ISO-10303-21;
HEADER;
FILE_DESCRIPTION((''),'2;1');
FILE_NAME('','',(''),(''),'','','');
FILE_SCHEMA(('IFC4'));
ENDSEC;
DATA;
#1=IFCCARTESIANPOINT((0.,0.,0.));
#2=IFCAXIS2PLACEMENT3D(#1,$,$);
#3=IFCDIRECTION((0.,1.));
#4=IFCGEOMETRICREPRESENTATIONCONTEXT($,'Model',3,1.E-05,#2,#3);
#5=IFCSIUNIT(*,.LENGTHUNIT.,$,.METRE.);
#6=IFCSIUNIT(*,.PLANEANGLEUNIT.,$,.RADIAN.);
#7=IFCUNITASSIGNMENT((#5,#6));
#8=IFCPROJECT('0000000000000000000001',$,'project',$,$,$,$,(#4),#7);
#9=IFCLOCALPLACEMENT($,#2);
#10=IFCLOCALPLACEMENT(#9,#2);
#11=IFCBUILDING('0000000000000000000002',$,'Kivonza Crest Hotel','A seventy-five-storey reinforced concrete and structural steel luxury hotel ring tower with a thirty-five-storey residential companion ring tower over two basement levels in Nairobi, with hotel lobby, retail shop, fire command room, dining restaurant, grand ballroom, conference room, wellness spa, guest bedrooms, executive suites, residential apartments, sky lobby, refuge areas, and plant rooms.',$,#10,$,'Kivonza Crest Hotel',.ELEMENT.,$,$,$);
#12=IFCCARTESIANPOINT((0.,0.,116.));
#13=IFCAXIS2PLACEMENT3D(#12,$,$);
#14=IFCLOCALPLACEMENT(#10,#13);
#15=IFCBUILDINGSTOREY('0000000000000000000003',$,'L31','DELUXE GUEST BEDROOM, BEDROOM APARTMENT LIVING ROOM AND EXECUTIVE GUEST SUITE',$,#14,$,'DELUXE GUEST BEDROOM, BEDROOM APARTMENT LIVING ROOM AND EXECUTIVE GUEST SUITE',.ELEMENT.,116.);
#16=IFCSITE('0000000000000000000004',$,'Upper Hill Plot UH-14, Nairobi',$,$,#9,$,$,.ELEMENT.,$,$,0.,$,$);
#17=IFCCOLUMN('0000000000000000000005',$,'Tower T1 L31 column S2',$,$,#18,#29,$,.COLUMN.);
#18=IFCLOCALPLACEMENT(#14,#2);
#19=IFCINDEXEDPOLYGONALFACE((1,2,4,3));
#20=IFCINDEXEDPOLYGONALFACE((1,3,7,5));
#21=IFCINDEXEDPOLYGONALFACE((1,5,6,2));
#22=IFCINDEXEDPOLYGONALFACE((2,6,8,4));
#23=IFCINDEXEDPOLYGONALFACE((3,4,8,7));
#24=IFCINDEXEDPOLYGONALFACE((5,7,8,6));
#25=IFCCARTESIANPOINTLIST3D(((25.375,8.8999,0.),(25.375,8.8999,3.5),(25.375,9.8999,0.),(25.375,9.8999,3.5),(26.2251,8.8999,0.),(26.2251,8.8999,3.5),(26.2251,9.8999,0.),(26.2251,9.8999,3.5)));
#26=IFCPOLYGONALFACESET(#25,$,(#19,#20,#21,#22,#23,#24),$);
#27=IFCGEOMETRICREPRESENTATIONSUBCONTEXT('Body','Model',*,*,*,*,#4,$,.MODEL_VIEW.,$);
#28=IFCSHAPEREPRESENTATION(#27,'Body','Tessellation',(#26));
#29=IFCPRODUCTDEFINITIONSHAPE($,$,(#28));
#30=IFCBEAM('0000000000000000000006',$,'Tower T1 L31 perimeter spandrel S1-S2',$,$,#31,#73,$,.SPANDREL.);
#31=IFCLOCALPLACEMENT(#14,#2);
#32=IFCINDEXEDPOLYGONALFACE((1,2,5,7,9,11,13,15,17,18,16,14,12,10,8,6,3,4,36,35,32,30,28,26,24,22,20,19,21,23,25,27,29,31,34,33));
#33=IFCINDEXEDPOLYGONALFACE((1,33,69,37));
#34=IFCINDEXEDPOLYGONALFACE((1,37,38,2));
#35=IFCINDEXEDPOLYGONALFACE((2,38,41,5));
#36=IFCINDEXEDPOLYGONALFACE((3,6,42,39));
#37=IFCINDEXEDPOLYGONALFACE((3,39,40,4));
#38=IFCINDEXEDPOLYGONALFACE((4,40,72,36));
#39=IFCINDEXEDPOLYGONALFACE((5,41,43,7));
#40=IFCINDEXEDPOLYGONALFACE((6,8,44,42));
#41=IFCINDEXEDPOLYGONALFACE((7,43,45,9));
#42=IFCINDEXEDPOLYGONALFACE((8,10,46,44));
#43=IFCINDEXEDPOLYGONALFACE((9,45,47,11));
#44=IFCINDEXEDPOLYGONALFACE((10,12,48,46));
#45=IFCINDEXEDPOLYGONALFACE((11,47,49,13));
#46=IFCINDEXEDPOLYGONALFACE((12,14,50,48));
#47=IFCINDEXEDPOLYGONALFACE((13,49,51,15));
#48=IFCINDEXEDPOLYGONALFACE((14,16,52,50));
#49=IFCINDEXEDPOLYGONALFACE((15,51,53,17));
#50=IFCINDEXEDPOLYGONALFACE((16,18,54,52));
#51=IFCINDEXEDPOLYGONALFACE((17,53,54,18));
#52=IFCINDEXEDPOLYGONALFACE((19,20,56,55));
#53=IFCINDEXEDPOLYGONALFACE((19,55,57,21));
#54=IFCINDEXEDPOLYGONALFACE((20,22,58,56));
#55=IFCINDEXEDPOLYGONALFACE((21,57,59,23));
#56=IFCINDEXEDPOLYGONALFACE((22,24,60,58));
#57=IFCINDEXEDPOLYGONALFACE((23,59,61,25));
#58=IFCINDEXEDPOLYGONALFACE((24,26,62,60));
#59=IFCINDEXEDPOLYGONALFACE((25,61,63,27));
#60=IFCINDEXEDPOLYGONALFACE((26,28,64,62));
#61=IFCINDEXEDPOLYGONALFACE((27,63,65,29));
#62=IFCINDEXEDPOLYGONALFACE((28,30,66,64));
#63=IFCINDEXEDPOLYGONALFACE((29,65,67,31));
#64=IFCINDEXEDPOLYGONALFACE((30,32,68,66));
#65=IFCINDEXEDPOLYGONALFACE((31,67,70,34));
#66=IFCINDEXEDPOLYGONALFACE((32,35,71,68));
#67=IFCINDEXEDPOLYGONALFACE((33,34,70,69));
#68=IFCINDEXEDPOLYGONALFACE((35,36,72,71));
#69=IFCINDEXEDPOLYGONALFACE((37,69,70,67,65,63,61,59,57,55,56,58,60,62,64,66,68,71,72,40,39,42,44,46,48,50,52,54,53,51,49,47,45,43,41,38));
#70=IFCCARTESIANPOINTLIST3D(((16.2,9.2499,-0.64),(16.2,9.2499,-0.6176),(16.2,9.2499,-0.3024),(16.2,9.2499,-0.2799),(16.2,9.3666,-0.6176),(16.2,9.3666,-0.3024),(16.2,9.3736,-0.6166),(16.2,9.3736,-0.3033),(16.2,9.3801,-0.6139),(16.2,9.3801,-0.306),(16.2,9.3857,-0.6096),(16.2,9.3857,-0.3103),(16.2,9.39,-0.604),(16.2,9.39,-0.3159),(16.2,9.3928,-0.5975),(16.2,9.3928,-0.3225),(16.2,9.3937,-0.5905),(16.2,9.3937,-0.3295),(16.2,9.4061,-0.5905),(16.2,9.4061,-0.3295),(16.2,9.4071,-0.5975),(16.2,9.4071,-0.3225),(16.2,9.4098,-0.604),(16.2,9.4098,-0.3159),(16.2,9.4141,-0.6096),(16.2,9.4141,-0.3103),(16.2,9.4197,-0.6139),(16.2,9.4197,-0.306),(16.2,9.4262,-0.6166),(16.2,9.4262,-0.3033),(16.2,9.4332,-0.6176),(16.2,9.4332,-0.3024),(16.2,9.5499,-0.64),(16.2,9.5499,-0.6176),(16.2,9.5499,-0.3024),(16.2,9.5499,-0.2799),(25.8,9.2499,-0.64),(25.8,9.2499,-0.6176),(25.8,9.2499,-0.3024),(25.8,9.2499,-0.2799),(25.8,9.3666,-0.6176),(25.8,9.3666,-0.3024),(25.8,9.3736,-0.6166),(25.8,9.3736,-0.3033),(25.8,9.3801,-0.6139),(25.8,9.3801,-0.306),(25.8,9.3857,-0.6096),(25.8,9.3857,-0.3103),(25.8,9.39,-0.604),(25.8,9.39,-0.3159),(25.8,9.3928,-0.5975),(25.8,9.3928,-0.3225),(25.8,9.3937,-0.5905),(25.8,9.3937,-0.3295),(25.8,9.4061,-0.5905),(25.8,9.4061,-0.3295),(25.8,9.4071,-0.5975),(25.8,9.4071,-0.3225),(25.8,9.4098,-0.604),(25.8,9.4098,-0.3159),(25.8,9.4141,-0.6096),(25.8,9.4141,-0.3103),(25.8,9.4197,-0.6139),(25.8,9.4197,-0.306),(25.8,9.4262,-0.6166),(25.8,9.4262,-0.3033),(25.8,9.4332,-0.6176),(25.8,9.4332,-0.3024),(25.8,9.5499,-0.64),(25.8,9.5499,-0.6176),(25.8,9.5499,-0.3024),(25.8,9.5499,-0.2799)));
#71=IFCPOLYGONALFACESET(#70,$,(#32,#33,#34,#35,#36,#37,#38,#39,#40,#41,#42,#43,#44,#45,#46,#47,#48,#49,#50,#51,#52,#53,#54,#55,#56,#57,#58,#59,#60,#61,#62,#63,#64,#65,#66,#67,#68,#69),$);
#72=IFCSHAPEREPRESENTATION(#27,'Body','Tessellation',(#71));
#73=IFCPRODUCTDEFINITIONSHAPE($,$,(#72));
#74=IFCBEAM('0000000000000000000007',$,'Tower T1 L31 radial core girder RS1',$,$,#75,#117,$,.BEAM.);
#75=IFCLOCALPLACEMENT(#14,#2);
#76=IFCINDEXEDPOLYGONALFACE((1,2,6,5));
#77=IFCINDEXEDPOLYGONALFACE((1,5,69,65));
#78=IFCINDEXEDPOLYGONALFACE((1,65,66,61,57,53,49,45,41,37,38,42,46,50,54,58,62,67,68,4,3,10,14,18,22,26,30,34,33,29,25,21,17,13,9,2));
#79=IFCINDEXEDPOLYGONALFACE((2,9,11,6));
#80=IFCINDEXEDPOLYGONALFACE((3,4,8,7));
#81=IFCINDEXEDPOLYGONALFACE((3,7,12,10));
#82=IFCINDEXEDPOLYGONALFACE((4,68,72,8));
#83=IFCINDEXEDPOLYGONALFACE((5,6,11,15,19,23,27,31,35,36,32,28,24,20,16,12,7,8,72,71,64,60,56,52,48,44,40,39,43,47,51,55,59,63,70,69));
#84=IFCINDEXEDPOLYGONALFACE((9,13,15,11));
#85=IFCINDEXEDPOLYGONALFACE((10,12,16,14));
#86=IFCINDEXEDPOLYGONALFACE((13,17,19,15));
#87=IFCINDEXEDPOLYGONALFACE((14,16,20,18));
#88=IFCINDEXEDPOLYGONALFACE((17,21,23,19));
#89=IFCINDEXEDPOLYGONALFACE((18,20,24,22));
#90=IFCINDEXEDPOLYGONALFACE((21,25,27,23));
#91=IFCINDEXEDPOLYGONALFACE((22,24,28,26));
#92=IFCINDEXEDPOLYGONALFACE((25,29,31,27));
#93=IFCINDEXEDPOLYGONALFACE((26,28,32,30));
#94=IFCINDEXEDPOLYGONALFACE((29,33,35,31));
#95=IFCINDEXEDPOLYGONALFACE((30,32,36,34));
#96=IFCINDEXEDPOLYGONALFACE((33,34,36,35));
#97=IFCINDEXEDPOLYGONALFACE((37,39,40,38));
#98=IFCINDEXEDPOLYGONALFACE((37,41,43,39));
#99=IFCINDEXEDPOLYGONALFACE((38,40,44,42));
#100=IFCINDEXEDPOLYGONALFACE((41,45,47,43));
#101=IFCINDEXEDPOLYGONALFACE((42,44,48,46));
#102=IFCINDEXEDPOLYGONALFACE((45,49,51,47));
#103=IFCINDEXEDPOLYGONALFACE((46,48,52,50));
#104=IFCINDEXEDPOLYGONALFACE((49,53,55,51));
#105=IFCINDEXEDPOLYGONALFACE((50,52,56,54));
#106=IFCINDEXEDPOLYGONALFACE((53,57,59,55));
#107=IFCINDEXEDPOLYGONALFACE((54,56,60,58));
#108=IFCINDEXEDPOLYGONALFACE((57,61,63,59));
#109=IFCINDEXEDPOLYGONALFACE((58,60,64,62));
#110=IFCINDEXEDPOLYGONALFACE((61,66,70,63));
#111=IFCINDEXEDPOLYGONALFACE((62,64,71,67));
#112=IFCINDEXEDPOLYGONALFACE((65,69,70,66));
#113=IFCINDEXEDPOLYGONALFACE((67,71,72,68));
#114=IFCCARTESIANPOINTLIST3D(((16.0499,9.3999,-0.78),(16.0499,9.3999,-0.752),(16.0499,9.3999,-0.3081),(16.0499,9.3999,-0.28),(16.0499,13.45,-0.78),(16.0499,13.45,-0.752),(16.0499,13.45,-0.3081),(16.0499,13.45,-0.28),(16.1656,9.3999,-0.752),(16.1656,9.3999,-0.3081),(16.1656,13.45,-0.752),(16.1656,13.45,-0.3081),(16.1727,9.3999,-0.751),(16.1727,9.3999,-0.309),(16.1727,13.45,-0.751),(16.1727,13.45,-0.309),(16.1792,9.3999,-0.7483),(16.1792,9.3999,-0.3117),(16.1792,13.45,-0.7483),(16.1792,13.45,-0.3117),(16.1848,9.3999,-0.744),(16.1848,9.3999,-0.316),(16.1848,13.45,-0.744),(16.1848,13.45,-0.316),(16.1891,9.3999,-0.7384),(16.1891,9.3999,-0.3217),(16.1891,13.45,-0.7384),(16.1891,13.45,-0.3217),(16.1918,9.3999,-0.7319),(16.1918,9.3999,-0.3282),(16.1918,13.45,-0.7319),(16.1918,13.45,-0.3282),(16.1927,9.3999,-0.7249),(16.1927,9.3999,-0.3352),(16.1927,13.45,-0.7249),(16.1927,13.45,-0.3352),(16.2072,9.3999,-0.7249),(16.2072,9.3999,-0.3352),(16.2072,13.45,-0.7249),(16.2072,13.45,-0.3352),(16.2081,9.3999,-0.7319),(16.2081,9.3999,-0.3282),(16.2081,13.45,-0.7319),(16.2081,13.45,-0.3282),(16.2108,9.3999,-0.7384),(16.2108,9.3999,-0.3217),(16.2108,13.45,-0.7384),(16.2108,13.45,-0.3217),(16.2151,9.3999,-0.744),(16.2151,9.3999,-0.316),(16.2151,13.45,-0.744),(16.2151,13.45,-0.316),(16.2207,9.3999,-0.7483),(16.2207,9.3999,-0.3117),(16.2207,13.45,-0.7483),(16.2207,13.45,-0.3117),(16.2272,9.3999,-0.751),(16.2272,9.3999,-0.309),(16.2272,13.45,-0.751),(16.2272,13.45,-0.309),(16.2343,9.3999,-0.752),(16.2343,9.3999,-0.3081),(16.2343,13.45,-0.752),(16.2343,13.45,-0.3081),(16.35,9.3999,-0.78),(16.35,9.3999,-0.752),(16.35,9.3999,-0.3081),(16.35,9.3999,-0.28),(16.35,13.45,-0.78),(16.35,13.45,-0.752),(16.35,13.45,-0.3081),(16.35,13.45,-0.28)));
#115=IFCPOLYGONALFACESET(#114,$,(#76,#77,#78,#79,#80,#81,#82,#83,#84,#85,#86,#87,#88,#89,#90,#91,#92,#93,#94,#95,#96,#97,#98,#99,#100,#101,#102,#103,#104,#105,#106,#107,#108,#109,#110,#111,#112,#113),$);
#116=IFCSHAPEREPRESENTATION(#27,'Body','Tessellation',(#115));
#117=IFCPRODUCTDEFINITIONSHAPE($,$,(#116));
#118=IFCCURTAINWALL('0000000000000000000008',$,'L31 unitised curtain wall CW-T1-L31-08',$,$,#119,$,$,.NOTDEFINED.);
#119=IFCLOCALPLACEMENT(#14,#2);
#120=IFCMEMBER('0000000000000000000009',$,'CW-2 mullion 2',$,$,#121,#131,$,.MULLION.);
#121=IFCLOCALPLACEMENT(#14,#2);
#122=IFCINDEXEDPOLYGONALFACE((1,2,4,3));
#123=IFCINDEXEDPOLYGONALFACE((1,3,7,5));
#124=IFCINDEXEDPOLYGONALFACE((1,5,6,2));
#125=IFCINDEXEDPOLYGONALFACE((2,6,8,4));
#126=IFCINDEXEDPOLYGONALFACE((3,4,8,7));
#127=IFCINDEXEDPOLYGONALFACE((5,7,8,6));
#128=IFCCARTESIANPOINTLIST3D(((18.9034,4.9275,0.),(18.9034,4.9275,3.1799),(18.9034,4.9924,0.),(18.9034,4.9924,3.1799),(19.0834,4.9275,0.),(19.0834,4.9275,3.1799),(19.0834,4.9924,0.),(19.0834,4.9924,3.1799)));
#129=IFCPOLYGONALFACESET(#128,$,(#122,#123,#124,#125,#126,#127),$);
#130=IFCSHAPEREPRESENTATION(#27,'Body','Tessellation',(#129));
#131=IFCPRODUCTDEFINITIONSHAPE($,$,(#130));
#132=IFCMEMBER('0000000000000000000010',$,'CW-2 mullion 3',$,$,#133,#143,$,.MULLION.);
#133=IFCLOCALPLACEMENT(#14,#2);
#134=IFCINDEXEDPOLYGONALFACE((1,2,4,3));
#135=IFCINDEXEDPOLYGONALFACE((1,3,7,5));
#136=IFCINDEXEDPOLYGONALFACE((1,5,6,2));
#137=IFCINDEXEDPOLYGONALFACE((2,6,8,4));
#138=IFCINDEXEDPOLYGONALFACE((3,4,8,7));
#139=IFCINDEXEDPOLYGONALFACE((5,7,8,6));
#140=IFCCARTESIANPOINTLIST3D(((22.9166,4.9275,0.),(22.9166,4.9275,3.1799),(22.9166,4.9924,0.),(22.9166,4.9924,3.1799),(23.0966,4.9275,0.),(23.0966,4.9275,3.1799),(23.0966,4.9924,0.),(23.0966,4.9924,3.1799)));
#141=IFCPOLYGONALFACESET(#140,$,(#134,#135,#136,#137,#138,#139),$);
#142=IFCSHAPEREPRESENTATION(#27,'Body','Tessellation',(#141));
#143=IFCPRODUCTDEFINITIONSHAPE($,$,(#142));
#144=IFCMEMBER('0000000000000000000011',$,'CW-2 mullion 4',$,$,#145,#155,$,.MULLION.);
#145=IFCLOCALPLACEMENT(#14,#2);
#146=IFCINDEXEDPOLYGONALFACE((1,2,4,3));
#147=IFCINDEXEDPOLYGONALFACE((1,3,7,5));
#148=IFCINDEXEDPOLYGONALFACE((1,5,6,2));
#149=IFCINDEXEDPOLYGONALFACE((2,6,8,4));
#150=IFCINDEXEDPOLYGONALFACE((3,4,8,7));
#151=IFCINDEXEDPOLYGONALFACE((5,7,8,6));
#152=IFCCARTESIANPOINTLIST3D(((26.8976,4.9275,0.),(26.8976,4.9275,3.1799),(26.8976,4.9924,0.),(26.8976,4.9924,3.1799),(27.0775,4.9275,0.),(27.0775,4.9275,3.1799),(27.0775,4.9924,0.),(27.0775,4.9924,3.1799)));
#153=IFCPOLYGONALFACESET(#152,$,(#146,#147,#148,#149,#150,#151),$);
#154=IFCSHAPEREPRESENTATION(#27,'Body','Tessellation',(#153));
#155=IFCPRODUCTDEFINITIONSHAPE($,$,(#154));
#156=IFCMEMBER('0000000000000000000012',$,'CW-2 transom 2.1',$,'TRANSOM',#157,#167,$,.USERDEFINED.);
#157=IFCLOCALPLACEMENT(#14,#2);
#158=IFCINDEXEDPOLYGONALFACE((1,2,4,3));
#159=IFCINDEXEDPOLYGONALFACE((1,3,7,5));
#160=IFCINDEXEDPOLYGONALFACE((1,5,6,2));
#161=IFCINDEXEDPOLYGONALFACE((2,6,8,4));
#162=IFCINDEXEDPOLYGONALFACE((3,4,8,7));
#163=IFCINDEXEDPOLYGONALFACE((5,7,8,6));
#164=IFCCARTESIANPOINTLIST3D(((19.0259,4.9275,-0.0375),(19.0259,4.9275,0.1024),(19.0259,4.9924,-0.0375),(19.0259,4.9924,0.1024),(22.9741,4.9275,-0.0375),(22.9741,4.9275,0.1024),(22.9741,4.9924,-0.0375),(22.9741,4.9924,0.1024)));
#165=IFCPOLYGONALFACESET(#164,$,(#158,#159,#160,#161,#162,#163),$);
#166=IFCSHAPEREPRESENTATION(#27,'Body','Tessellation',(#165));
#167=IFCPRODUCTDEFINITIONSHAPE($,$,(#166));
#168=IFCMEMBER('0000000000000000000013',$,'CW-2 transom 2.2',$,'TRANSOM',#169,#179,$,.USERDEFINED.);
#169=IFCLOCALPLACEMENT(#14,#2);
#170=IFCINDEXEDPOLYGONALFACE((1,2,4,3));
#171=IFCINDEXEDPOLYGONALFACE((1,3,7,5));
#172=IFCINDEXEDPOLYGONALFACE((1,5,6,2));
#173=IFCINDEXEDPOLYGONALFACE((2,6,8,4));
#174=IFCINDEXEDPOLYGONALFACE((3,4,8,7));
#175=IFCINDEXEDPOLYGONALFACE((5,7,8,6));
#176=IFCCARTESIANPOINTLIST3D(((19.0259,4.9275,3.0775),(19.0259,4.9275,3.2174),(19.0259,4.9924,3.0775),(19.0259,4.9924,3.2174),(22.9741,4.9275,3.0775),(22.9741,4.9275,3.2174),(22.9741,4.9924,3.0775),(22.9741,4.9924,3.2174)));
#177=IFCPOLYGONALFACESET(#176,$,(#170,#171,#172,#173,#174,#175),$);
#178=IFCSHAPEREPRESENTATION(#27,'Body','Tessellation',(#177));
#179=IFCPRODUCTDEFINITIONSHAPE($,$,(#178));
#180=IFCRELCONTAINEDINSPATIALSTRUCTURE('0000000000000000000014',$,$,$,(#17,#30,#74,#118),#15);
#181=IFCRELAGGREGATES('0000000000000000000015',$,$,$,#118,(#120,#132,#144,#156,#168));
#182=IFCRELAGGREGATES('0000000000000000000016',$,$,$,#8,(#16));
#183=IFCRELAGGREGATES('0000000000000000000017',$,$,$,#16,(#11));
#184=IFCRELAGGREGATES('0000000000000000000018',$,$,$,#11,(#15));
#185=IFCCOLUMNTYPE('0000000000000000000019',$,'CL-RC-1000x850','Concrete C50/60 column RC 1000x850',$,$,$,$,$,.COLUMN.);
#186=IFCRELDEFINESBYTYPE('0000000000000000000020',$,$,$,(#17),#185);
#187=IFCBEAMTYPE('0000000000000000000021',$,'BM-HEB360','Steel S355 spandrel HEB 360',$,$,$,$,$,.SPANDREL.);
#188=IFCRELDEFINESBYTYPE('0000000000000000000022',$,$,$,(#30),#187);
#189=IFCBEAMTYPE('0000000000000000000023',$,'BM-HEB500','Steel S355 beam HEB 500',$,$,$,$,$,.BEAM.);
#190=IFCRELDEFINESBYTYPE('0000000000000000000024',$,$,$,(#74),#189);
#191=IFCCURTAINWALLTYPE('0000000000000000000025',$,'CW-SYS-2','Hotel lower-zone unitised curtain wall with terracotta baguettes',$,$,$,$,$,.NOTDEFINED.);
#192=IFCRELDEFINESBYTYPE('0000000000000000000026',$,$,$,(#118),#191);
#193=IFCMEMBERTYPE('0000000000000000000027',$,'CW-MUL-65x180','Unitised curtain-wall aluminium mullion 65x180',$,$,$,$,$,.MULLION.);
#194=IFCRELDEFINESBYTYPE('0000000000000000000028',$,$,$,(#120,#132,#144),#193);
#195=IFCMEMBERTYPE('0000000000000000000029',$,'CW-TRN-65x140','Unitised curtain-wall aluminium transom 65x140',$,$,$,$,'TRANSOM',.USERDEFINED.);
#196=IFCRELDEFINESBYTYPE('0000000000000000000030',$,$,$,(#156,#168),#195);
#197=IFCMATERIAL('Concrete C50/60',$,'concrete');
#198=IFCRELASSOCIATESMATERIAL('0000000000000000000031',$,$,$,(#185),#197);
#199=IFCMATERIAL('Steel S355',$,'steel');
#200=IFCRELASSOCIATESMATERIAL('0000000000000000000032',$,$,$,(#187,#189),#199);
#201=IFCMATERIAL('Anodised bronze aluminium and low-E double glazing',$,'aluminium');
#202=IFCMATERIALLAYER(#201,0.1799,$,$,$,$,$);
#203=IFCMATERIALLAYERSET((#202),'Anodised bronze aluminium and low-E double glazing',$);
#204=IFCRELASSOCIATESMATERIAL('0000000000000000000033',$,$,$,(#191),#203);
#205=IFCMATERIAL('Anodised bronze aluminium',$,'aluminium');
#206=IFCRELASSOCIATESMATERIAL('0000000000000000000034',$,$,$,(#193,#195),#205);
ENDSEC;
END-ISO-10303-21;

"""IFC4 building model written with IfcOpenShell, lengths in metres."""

from ifc_helpers import new_model, si_unit, direction, frame, origin, origin_2d, place, context, subcontext, project, spatial, rectangle, i_section, extrude, material, layer, layer_set, material_profile, profile_set, type_object, element, aggregate, save


model = new_model("IFC4")

# Units and contexts
model_context = context("Model", 3, precision=1e-05, world=origin(), true_north=direction((0.0, 1.0)))
body_context = subcontext(model_context, "Body", "Model", "MODEL_VIEW")
ifc_project = project(units=[si_unit("LENGTHUNIT", "METRE"), si_unit("PLANEANGLEUNIT", "RADIAN")], contexts=[model_context])

# Site, building, storey
site_placement = place(None, origin())
site = spatial("IfcSite", under=ifc_project, at=site_placement, Name="Upper Hill Plot UH-14, Nairobi", CompositionType="ELEMENT", RefElevation=0.0)
building_placement = place(site_placement, origin())
building = spatial("IfcBuilding", under=site, at=building_placement, Name="Kivonza Crest Hotel", Description="A seventy-five-storey reinforced concrete and structural steel luxury hotel ring tower with a thirty-five-storey residential companion ring tower over two basement levels in Nairobi, with hotel lobby, retail shop, fire command room, dining restaurant, grand ballroom, conference room, wellness spa, guest bedrooms, executive suites, residential apartments, sky lobby, refuge areas, and plant rooms.", LongName="Kivonza Crest Hotel", CompositionType="ELEMENT")
storey_placement = place(building_placement, frame((0.0, 0.0, 116.0)))
storey = spatial("IfcBuildingStorey", under=building, at=storey_placement, Name="L31", Description="DELUXE GUEST BEDROOM, BEDROOM APARTMENT LIVING ROOM AND EXECUTIVE GUEST SUITE", LongName="DELUXE GUEST BEDROOM, BEDROOM APARTMENT LIVING ROOM AND EXECUTIVE GUEST SUITE", CompositionType="ELEMENT", Elevation=116.0)

# Column
ifc_material_1 = material(Name="Concrete C50/60", Category="concrete")
ifc_material_profile_1 = material_profile(ifc_material_1, rectangle(XDim=0.8501, YDim=1.0, at=origin_2d()), Name="RC 1000x850")
ifc_profile_set_1 = profile_set([ifc_material_profile_1], Name="Concrete C50/60")
column_type = type_object("IfcColumnType", Name="CL-RC-1000x850", Description="Concrete C50/60 column RC 1000x850", PredefinedType="COLUMN", material=ifc_profile_set_1)
column_placement = place(storey_placement, frame((25.8, 9.3999, 0.0), z_axis=(0.0, 0.0, 1.0), x_axis=(1.0, 0.0, 0.0)))
element("IfcColumn", 1, at=column_placement, inside=storey, type_object=column_type, Name="Tower T1 L31 column S2", PredefinedType="COLUMN", context=body_context, shape_type="SweptSolid", body=[
    extrude(rectangle(XDim=0.8501, YDim=1.0, at=origin_2d()), origin(), (0.0, 0.0, 1.0), 3.5),
])

# Beams
ifc_material_2 = material(Name="Steel S355", Category="steel")
ifc_material_profile_2 = material_profile(ifc_material_2, i_section(OverallWidth=0.3, OverallDepth=0.3601, WebThickness=0.0125, FlangeThickness=0.0225, FilletRadius=0.0271, at=origin_2d()), Name="HEB 360")
ifc_profile_set_2 = profile_set([ifc_material_profile_2], Name="Steel S355")
beam_type_1 = type_object("IfcBeamType", Name="BM-HEB360", Description="Steel S355 spandrel HEB 360", PredefinedType="SPANDREL", material=ifc_profile_set_2)
beam_1_placement = place(storey_placement, frame((16.2, 9.3999, -0.46), z_axis=(1.0, 0.0, 0.0), x_axis=(0.0, 1.0, 0.0)))
element("IfcBeam", 2, at=beam_1_placement, inside=storey, type_object=beam_type_1, Name="Tower T1 L31 perimeter spandrel S1-S2", PredefinedType="SPANDREL", context=body_context, shape_type="SweptSolid", body=[
    extrude(i_section(OverallWidth=0.3, OverallDepth=0.3601, WebThickness=0.0125, FlangeThickness=0.0225, FilletRadius=0.0271, at=origin_2d()), origin(), (0.0, 0.0, 1.0), 9.6001),
])
ifc_material_profile_3 = material_profile(ifc_material_2, i_section(OverallWidth=0.3, OverallDepth=0.5, WebThickness=0.0144, FlangeThickness=0.0281, FilletRadius=0.0271, at=origin_2d()), Name="HEB 500")
ifc_profile_set_3 = profile_set([ifc_material_profile_3], Name="Steel S355")
beam_type_2 = type_object("IfcBeamType", Name="BM-HEB500", Description="Steel S355 beam HEB 500", PredefinedType="BEAM", material=ifc_profile_set_3)
beam_2_placement = place(storey_placement, frame((16.2, 9.3999, -0.53), z_axis=(0.0, 1.0, 0.0), x_axis=(-1.0, 0.0, 0.0)))
element("IfcBeam", 3, at=beam_2_placement, inside=storey, type_object=beam_type_2, Name="Tower T1 L31 radial core girder RS1", PredefinedType="BEAM", context=body_context, shape_type="SweptSolid", body=[
    extrude(i_section(OverallWidth=0.3, OverallDepth=0.5, WebThickness=0.0144, FlangeThickness=0.0281, FilletRadius=0.0271, at=origin_2d()), origin(), (0.0, 0.0, 1.0), 4.05),
])

# Curtain wall, members
ifc_material_3 = material(Name="Anodised bronze aluminium and low-E double glazing", Category="aluminium")
ifc_layer_1 = layer(ifc_material_3, 0.1799)
ifc_layer_set_1 = layer_set([ifc_layer_1], Name="Anodised bronze aluminium and low-E double glazing")
curtain_wall_type = type_object("IfcCurtainWallType", Name="CW-SYS-2", Description="Hotel lower-zone unitised curtain wall with terracotta baguettes", PredefinedType="NOTDEFINED", material=ifc_layer_set_1)
curtain_wall_placement = place(storey_placement, origin())
curtain_wall = element("IfcCurtainWall", 4, at=curtain_wall_placement, inside=storey, type_object=curtain_wall_type, Name="L31 unitised curtain wall CW-T1-L31-08", PredefinedType="NOTDEFINED")
ifc_material_4 = material(Name="Anodised bronze aluminium", Category="aluminium")
ifc_material_profile_4 = material_profile(ifc_material_4, rectangle(XDim=0.0649, YDim=0.1799, at=origin_2d()), Name="CW-M 65x180")
ifc_profile_set_4 = profile_set([ifc_material_profile_4], Name="Anodised bronze aluminium")
member_type_1 = type_object("IfcMemberType", Name="CW-MUL-65x180", Description="Unitised curtain-wall aluminium mullion 65x180", PredefinedType="MULLION", material=ifc_profile_set_4)
member_1_placement = place(storey_placement, frame((18.9934, 4.96, 0.0), z_axis=(0.0, 0.0, 1.0), x_axis=(0.0, 1.0, 0.0)))
member_1 = element("IfcMember", 5, at=member_1_placement, type_object=member_type_1, Name="CW-2 mullion 2", PredefinedType="MULLION", context=body_context, shape_type="SweptSolid", body=[
    extrude(rectangle(XDim=0.0649, YDim=0.1799, at=origin_2d()), origin(), (0.0, 0.0, 1.0), 3.1799),
])
member_2_placement = place(storey_placement, frame((23.0066, 4.96, 0.0), z_axis=(0.0, 0.0, 1.0), x_axis=(0.0, 1.0, 0.0)))
member_2 = element("IfcMember", 6, at=member_2_placement, type_object=member_type_1, Name="CW-2 mullion 3", PredefinedType="MULLION", context=body_context, shape_type="SweptSolid", body=[
    extrude(rectangle(XDim=0.0649, YDim=0.1799, at=origin_2d()), origin(), (0.0, 0.0, 1.0), 3.1799),
])
member_3_placement = place(storey_placement, frame((26.9875, 4.96, 0.0), z_axis=(0.0, 0.0, 1.0), x_axis=(0.0, 1.0, 0.0)))
member_3 = element("IfcMember", 7, at=member_3_placement, type_object=member_type_1, Name="CW-2 mullion 4", PredefinedType="MULLION", context=body_context, shape_type="SweptSolid", body=[
    extrude(rectangle(XDim=0.0649, YDim=0.1799, at=origin_2d()), origin(), (0.0, 0.0, 1.0), 3.1799),
])
ifc_material_profile_5 = material_profile(ifc_material_4, rectangle(XDim=0.0649, YDim=0.1399, at=origin_2d()), Name="CW-T 65x140")
ifc_profile_set_5 = profile_set([ifc_material_profile_5], Name="Anodised bronze aluminium")
member_type_2 = type_object("IfcMemberType", Name="CW-TRN-65x140", Description="Unitised curtain-wall aluminium transom 65x140", ElementType="TRANSOM", PredefinedType="USERDEFINED", material=ifc_profile_set_5)
member_4_placement = place(storey_placement, frame((19.0259, 4.96, 0.0325), z_axis=(1.0, 0.0, 0.0), x_axis=(0.0, 1.0, 0.0)))
member_4 = element("IfcMember", 8, at=member_4_placement, type_object=member_type_2, Name="CW-2 transom 2.1", ObjectType="TRANSOM", PredefinedType="USERDEFINED", context=body_context, shape_type="SweptSolid", body=[
    extrude(rectangle(XDim=0.0649, YDim=0.1399, at=origin_2d()), origin(), (0.0, 0.0, 1.0), 3.9482),
])
member_5_placement = place(storey_placement, frame((19.0259, 4.96, 3.1475), z_axis=(1.0, 0.0, 0.0), x_axis=(0.0, 1.0, 0.0)))
member_5 = element("IfcMember", 9, at=member_5_placement, type_object=member_type_2, Name="CW-2 transom 2.2", ObjectType="TRANSOM", PredefinedType="USERDEFINED", context=body_context, shape_type="SweptSolid", body=[
    extrude(rectangle(XDim=0.0649, YDim=0.1399, at=origin_2d()), origin(), (0.0, 0.0, 1.0), 3.9482),
])
aggregate(curtain_wall, [member_1, member_2, member_3, member_4, member_5])

save(model, "model.ifc")
